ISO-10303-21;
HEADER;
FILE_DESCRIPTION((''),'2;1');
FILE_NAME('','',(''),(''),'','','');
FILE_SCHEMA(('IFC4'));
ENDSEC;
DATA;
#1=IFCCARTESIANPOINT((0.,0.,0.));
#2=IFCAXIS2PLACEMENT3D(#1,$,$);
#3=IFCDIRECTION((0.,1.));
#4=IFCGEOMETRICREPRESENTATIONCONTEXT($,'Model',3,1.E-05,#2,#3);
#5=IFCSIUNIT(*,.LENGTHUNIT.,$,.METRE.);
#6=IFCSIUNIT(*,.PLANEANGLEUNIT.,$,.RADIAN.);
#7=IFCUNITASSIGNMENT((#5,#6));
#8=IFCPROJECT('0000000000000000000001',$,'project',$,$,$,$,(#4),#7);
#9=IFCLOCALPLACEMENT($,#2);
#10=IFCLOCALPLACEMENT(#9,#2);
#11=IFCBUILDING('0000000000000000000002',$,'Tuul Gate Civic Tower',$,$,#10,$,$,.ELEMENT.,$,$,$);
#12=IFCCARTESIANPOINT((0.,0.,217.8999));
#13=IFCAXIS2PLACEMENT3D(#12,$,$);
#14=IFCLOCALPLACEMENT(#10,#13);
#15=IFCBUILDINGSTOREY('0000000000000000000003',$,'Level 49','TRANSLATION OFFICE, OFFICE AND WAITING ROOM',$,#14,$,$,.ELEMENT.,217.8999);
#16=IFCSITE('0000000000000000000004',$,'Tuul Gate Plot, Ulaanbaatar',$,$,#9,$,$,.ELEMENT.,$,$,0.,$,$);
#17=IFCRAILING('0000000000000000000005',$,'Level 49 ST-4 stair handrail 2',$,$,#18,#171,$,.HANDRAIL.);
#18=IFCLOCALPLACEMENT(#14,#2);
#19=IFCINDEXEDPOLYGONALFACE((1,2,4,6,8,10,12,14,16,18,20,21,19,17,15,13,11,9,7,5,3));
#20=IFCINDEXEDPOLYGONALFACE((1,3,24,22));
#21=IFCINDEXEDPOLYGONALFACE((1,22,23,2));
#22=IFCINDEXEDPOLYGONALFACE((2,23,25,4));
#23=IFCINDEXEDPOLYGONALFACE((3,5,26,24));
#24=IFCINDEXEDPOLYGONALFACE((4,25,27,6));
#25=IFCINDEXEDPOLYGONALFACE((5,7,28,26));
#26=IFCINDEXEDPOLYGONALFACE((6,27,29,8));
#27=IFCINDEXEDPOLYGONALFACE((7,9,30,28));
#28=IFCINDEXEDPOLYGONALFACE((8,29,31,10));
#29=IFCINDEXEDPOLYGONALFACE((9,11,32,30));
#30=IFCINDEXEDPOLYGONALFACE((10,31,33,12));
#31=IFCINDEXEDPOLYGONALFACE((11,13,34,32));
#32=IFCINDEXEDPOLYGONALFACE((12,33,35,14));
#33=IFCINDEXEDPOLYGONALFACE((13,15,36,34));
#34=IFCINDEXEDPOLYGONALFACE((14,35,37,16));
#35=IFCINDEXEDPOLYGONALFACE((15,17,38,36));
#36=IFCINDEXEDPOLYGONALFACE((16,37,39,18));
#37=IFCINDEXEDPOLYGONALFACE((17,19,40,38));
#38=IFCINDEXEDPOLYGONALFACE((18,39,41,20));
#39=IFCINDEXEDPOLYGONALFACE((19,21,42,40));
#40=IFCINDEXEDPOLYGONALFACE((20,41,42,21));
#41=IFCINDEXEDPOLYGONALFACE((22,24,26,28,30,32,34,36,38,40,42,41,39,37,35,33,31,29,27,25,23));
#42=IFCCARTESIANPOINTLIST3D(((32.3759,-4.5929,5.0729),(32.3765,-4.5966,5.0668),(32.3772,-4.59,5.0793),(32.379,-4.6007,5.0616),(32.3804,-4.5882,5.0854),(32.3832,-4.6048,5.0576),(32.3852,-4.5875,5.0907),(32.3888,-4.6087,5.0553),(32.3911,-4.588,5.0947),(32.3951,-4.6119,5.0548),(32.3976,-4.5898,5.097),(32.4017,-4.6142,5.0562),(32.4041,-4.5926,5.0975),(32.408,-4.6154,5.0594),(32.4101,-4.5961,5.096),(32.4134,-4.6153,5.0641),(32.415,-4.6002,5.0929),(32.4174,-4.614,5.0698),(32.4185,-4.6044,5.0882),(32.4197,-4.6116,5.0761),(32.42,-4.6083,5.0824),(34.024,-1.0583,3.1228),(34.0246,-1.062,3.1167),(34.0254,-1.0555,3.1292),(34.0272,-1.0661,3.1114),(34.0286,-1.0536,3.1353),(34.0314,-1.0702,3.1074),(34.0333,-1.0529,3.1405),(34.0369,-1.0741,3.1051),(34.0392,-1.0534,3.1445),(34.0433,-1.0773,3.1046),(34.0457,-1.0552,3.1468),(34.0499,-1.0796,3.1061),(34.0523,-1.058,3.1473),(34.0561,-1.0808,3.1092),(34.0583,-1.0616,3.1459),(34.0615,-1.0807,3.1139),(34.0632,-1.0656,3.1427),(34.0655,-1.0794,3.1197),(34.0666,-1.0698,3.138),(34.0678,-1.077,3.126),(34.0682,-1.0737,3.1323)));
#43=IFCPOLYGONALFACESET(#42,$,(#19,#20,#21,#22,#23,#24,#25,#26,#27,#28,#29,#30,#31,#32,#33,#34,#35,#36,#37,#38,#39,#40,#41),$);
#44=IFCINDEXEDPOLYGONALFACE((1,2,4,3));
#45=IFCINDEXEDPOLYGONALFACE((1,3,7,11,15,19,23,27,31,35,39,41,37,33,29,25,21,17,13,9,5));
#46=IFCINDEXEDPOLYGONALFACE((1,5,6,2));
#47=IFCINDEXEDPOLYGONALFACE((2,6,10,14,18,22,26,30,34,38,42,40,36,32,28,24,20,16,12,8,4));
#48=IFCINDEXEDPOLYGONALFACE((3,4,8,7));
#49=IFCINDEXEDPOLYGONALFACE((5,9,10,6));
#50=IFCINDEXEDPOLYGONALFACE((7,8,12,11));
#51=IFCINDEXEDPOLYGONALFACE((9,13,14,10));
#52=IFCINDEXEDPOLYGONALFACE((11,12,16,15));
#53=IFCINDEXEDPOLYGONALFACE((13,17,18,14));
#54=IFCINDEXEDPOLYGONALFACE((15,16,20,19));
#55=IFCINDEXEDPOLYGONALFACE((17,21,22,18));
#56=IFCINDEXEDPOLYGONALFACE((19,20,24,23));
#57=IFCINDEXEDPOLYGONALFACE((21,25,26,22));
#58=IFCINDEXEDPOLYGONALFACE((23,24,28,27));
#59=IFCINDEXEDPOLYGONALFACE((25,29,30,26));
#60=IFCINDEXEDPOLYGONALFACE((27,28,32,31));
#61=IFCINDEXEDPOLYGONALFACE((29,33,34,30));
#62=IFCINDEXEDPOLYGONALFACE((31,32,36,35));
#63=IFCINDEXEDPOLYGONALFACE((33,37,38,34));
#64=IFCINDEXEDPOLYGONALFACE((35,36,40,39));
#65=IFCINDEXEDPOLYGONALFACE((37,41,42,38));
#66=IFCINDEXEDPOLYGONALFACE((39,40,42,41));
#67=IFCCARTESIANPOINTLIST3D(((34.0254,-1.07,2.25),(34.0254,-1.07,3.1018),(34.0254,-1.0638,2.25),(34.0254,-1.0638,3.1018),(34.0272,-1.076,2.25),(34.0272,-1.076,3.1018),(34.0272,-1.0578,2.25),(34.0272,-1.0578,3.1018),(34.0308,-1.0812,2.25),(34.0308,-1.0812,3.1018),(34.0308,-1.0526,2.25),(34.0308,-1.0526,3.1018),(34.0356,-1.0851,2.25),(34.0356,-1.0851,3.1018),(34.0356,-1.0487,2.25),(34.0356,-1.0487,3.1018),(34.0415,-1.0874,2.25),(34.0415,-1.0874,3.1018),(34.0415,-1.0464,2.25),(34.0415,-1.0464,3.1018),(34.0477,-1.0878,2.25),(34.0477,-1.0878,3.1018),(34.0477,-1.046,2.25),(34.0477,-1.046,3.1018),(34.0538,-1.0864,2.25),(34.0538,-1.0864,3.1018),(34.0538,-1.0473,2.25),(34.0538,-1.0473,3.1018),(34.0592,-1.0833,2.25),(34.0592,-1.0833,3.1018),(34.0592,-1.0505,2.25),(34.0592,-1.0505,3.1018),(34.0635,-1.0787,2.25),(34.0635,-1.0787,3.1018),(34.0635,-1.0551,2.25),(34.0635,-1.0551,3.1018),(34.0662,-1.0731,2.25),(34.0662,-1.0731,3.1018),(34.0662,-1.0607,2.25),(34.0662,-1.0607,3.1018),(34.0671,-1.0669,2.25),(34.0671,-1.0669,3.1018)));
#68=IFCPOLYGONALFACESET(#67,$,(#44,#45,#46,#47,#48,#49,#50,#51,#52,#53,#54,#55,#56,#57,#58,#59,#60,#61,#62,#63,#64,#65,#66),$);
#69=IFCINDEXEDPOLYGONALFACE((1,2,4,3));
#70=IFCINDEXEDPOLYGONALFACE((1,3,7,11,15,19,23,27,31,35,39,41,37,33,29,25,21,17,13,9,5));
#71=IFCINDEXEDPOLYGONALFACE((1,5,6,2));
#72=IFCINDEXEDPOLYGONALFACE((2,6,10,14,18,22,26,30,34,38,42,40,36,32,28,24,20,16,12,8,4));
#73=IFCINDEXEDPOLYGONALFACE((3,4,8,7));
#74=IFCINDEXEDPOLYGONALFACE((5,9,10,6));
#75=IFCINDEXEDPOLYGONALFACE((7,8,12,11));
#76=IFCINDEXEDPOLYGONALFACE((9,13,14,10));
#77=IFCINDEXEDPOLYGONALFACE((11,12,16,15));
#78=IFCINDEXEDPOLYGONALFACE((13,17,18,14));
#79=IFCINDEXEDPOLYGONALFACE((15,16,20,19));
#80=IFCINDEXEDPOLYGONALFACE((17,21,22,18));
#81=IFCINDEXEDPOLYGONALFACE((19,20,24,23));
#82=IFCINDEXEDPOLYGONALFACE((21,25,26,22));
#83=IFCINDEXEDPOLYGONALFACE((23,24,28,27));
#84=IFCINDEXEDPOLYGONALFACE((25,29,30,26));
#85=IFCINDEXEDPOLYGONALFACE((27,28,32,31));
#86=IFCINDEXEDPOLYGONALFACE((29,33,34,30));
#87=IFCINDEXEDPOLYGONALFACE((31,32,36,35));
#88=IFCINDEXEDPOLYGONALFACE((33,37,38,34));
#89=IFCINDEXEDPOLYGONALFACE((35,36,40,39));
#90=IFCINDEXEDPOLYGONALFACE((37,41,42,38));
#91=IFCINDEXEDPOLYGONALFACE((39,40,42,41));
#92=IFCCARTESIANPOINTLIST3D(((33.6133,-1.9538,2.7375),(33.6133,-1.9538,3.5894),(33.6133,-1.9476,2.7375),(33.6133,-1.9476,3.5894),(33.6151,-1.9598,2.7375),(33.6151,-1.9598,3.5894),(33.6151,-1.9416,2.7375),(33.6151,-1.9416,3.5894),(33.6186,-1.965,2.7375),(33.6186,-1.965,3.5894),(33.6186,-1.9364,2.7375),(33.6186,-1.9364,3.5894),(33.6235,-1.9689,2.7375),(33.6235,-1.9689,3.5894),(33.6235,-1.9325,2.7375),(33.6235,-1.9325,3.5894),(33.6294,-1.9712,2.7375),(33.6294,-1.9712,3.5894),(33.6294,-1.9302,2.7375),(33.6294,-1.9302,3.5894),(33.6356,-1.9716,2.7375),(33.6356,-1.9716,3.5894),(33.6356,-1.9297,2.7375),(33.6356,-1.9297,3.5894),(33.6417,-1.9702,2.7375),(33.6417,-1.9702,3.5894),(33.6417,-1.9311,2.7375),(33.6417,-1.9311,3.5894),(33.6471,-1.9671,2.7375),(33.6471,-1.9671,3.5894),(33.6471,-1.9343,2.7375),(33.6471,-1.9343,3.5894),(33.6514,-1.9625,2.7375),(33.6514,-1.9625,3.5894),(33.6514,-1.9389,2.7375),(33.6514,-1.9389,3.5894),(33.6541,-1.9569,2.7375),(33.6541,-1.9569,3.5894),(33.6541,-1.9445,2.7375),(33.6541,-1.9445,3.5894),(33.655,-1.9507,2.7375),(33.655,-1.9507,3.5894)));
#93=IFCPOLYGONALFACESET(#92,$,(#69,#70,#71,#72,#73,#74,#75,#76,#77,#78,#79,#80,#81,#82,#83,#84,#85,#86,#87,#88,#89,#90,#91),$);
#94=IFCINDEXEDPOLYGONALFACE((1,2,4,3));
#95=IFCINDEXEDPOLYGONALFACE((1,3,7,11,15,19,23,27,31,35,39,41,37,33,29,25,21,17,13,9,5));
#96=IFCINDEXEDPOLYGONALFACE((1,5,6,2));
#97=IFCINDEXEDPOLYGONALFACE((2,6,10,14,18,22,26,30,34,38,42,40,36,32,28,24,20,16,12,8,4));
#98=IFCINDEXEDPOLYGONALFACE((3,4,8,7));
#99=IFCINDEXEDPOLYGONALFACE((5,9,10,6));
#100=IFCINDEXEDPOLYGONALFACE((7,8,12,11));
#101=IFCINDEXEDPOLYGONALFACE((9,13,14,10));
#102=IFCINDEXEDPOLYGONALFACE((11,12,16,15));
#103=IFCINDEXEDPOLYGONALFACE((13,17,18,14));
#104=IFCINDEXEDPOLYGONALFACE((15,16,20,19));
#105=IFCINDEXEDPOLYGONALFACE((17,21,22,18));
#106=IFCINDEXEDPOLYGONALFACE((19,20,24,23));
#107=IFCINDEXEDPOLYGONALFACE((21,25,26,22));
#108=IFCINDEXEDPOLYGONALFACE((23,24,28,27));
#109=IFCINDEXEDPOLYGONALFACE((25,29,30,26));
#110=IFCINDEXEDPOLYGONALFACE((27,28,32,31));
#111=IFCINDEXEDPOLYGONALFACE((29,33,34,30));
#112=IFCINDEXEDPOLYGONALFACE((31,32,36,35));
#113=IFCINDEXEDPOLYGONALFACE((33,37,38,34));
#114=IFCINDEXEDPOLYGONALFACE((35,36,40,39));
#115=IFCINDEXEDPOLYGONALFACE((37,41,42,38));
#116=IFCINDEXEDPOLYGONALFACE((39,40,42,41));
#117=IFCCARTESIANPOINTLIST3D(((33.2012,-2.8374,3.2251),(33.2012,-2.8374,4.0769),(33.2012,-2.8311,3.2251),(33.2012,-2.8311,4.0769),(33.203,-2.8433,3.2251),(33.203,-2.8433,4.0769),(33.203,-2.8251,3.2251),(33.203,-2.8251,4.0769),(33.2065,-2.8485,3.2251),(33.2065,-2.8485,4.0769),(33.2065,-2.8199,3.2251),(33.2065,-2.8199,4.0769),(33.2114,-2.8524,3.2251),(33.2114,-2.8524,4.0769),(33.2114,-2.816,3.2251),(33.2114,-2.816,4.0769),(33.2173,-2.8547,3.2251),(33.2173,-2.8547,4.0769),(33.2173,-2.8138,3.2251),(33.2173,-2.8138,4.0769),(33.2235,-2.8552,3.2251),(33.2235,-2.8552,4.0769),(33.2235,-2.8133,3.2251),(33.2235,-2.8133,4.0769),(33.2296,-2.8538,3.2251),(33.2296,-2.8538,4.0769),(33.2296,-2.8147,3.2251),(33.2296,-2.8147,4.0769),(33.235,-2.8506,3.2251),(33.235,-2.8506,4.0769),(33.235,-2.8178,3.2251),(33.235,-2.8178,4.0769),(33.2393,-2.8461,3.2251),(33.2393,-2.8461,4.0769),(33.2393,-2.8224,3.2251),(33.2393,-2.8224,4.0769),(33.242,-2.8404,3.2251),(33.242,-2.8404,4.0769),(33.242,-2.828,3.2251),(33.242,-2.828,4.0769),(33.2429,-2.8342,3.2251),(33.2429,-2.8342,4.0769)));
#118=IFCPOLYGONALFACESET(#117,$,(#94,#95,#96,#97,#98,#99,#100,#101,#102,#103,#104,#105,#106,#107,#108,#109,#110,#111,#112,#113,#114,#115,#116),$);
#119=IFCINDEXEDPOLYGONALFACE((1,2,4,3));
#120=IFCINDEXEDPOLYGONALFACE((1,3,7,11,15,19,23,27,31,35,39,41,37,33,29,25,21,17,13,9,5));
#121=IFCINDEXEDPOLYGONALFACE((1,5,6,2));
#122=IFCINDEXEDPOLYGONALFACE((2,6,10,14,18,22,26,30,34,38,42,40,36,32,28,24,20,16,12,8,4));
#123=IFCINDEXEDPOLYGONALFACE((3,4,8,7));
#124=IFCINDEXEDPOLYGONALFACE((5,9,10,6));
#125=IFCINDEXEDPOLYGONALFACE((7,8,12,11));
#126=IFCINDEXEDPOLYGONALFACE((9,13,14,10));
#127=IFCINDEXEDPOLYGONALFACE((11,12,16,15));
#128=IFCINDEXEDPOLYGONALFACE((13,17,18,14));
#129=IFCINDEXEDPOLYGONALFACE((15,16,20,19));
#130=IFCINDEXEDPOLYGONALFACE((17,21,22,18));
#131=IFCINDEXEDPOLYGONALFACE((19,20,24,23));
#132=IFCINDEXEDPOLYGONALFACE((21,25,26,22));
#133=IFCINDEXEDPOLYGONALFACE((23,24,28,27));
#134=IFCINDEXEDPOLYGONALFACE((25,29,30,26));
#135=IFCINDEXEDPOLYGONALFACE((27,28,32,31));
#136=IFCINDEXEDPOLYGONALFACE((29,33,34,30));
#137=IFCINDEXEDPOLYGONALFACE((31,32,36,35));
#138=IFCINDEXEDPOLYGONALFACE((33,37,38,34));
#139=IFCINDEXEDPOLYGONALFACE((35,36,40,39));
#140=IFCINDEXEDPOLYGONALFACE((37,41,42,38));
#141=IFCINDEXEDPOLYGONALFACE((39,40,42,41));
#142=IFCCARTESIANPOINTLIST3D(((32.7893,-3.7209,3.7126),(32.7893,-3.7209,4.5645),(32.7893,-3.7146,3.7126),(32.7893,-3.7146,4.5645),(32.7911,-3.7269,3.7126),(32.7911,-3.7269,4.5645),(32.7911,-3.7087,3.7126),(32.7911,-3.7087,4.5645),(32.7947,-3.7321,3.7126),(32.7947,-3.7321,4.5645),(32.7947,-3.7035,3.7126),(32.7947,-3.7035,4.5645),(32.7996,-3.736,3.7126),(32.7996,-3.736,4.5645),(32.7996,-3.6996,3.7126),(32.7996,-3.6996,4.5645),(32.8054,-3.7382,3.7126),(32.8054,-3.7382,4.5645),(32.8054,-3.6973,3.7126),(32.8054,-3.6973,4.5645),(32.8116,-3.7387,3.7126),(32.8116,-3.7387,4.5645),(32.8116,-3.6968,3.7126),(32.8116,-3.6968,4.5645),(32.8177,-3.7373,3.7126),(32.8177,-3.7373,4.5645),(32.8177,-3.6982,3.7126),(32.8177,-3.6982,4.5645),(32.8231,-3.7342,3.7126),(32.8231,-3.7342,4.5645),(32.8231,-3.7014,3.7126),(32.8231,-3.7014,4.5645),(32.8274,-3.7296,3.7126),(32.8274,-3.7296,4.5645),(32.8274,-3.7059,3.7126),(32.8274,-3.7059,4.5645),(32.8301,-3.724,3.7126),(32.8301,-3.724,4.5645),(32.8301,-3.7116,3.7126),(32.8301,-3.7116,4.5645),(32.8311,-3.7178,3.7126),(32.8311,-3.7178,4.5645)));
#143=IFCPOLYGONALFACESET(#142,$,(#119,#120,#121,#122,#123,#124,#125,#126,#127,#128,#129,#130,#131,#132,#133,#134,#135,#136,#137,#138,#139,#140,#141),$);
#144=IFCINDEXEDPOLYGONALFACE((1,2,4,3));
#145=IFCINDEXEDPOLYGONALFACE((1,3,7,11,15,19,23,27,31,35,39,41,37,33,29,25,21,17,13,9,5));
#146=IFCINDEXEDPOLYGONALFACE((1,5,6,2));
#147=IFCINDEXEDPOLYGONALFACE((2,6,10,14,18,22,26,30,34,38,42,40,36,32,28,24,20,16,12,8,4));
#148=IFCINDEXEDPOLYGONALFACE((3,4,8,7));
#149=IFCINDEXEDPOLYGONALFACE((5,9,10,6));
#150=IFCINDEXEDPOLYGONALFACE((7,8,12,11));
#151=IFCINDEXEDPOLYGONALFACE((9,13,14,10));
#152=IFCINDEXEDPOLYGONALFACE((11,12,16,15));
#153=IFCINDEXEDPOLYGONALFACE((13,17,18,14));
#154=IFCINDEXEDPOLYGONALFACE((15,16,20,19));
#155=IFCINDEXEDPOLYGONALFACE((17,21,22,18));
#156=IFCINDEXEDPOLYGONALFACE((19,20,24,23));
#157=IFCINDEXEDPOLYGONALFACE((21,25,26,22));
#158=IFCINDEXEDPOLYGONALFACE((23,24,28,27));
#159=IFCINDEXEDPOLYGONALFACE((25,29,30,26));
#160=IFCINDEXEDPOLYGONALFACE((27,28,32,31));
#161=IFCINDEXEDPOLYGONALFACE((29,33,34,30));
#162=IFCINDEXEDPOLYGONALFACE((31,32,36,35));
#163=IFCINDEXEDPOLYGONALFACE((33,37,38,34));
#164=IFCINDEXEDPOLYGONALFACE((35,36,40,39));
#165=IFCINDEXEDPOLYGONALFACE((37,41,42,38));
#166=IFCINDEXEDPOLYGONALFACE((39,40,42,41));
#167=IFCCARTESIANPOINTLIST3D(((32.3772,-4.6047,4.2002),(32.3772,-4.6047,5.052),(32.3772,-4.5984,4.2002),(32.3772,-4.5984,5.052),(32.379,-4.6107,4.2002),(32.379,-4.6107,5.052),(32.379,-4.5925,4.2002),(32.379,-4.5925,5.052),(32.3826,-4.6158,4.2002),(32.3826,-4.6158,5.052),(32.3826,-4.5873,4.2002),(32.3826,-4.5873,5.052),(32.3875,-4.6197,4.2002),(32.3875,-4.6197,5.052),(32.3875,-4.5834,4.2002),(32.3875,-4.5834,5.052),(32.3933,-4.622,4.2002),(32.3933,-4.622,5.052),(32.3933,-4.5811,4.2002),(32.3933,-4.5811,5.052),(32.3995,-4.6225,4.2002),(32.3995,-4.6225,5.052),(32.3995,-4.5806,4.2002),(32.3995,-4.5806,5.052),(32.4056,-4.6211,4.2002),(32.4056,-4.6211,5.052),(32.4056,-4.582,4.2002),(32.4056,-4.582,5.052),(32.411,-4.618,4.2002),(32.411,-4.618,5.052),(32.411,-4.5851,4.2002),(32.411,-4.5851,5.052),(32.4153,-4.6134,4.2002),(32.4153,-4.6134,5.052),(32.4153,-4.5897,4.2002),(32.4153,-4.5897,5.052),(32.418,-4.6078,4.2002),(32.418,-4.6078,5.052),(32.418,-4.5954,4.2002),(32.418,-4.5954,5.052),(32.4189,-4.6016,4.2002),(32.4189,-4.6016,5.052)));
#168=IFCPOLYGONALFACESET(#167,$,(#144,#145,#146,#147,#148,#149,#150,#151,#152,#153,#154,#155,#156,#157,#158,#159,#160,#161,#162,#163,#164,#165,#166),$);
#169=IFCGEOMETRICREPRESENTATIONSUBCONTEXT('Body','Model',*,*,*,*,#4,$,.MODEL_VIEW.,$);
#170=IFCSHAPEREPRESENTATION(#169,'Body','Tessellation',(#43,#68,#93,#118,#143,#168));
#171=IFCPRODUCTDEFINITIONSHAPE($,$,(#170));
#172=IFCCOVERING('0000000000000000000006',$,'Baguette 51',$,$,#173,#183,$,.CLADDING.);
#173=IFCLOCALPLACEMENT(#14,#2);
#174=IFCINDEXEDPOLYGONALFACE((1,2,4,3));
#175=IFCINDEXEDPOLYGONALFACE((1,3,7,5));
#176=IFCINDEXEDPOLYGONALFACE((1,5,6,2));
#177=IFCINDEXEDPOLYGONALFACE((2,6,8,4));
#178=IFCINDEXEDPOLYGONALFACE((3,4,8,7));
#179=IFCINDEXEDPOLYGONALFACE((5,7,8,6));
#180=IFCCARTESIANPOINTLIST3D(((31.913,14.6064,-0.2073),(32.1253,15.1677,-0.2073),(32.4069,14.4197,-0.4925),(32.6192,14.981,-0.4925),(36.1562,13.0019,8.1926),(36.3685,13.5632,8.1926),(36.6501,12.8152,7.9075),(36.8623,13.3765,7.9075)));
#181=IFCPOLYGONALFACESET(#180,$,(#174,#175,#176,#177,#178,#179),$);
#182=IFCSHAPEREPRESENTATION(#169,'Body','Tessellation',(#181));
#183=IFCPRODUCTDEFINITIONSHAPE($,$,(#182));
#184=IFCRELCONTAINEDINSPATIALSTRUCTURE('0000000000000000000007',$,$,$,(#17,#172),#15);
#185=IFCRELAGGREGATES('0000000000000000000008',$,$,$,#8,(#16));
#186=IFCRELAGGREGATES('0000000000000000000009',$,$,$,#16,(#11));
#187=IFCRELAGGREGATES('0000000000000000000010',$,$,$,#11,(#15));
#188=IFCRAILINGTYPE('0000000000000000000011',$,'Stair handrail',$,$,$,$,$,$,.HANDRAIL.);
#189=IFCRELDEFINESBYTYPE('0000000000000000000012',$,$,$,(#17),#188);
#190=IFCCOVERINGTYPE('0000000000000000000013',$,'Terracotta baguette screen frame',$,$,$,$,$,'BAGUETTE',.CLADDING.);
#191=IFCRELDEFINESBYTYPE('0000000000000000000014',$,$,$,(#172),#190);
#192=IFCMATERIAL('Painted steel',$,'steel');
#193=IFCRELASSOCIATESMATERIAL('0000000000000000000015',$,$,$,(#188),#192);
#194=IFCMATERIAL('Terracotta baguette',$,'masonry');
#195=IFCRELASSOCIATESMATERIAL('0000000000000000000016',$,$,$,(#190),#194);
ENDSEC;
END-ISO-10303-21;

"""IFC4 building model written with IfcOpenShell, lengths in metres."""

from ifc_helpers import new_model, si_unit, direction, frame, origin, origin_2d, place, context, subcontext, project, spatial, rectangle, circle, extrude, material, material_profile, profile_set, type_object, element, save


model = new_model("IFC4")

# Units and contexts
model_context = context("Model", 3, precision=1e-05, world=origin(), true_north=direction((0.0, 1.0)))
body_context = subcontext(model_context, "Body", "Model", "MODEL_VIEW")
ifc_project = project(units=[si_unit("LENGTHUNIT", "METRE"), si_unit("PLANEANGLEUNIT", "RADIAN")], contexts=[model_context])

# Site, building, storey
site_placement = place(None, origin())
site = spatial("IfcSite", under=ifc_project, at=site_placement, Name="Tuul Gate Plot, Ulaanbaatar", CompositionType="ELEMENT", RefElevation=0.0)
building_placement = place(site_placement, origin())
building = spatial("IfcBuilding", under=site, at=building_placement, Name="Tuul Gate Civic Tower", CompositionType="ELEMENT")
storey_placement = place(building_placement, frame((0.0, 0.0, 217.8999)))
storey = spatial("IfcBuildingStorey", under=building, at=storey_placement, Name="Level 49", Description="TRANSLATION OFFICE, OFFICE AND WAITING ROOM", CompositionType="ELEMENT", Elevation=217.8999)

# Railing
ifc_material_1 = material(Name="Painted steel", Category="steel")
railing_type = type_object("IfcRailingType", Name="Stair handrail", PredefinedType="HANDRAIL", material=ifc_material_1)
railing_placement = place(storey_placement, frame((34.0461, -1.0669, 2.25)))
element("IfcRailing", 1, at=railing_placement, inside=storey, type_object=railing_type, Name="Level 49 ST-4 stair handrail 2", PredefinedType="HANDRAIL", context=body_context, shape_type="SweptSolid", body=[
    extrude(circle(Radius=0.0239, at=origin_2d()), frame((0.0, 0.0, 0.876), z_axis=(-0.377985, -0.810617, 0.447245), x_axis=(0.906313, -0.422608, 0.0)), (0.0, 0.0, 1.0), 4.3604),
    extrude(circle(Radius=0.021, at=origin_2d()), origin(), (0.0, 0.0, 1.0), 0.8518),
    extrude(circle(Radius=0.021, at=origin_2d()), frame((-0.4121, -0.8838, 0.4875)), (0.0, 0.0, 1.0), 0.8518),
    extrude(circle(Radius=0.021, at=origin_2d()), frame((-0.8242, -1.7673, 0.9751)), (0.0, 0.0, 1.0), 0.8518),
    extrude(circle(Radius=0.021, at=origin_2d()), frame((-1.2361, -2.6509, 1.4626)), (0.0, 0.0, 1.0), 0.8518),
    extrude(circle(Radius=0.021, at=origin_2d()), frame((-1.6482, -3.5347, 1.9502)), (0.0, 0.0, 1.0), 0.8518),
])

# Covering
ifc_material_2 = material(Name="Terracotta baguette", Category="masonry")
ifc_material_profile_1 = material_profile(ifc_material_2, rectangle(XDim=0.6001, YDim=0.6001, at=origin_2d()), Name="Terracotta baguette screen frame")
ifc_profile_set_1 = profile_set([ifc_material_profile_1], Name="Terracotta baguette")
covering_type = type_object("IfcCoveringType", Name="Terracotta baguette screen frame", ElementType="BAGUETTE", PredefinedType="CLADDING", material=ifc_profile_set_1)
covering_placement = place(storey_placement, frame((36.5093, 13.1892, 8.05), z_axis=(-0.44447, 0.16807, -0.879886), x_axis=(-0.353694, -0.935361, 0.0)))
element("IfcCovering", 2, at=covering_placement, inside=storey, type_object=covering_type, Name="Baguette 51", PredefinedType="CLADDING", context=body_context, shape_type="SweptSolid", body=[
    extrude(rectangle(XDim=0.6001, YDim=0.6001, at=origin_2d()), origin(), (0.0, 0.0, 1.0), 9.5466),
])

save(model, "model.ifc")
